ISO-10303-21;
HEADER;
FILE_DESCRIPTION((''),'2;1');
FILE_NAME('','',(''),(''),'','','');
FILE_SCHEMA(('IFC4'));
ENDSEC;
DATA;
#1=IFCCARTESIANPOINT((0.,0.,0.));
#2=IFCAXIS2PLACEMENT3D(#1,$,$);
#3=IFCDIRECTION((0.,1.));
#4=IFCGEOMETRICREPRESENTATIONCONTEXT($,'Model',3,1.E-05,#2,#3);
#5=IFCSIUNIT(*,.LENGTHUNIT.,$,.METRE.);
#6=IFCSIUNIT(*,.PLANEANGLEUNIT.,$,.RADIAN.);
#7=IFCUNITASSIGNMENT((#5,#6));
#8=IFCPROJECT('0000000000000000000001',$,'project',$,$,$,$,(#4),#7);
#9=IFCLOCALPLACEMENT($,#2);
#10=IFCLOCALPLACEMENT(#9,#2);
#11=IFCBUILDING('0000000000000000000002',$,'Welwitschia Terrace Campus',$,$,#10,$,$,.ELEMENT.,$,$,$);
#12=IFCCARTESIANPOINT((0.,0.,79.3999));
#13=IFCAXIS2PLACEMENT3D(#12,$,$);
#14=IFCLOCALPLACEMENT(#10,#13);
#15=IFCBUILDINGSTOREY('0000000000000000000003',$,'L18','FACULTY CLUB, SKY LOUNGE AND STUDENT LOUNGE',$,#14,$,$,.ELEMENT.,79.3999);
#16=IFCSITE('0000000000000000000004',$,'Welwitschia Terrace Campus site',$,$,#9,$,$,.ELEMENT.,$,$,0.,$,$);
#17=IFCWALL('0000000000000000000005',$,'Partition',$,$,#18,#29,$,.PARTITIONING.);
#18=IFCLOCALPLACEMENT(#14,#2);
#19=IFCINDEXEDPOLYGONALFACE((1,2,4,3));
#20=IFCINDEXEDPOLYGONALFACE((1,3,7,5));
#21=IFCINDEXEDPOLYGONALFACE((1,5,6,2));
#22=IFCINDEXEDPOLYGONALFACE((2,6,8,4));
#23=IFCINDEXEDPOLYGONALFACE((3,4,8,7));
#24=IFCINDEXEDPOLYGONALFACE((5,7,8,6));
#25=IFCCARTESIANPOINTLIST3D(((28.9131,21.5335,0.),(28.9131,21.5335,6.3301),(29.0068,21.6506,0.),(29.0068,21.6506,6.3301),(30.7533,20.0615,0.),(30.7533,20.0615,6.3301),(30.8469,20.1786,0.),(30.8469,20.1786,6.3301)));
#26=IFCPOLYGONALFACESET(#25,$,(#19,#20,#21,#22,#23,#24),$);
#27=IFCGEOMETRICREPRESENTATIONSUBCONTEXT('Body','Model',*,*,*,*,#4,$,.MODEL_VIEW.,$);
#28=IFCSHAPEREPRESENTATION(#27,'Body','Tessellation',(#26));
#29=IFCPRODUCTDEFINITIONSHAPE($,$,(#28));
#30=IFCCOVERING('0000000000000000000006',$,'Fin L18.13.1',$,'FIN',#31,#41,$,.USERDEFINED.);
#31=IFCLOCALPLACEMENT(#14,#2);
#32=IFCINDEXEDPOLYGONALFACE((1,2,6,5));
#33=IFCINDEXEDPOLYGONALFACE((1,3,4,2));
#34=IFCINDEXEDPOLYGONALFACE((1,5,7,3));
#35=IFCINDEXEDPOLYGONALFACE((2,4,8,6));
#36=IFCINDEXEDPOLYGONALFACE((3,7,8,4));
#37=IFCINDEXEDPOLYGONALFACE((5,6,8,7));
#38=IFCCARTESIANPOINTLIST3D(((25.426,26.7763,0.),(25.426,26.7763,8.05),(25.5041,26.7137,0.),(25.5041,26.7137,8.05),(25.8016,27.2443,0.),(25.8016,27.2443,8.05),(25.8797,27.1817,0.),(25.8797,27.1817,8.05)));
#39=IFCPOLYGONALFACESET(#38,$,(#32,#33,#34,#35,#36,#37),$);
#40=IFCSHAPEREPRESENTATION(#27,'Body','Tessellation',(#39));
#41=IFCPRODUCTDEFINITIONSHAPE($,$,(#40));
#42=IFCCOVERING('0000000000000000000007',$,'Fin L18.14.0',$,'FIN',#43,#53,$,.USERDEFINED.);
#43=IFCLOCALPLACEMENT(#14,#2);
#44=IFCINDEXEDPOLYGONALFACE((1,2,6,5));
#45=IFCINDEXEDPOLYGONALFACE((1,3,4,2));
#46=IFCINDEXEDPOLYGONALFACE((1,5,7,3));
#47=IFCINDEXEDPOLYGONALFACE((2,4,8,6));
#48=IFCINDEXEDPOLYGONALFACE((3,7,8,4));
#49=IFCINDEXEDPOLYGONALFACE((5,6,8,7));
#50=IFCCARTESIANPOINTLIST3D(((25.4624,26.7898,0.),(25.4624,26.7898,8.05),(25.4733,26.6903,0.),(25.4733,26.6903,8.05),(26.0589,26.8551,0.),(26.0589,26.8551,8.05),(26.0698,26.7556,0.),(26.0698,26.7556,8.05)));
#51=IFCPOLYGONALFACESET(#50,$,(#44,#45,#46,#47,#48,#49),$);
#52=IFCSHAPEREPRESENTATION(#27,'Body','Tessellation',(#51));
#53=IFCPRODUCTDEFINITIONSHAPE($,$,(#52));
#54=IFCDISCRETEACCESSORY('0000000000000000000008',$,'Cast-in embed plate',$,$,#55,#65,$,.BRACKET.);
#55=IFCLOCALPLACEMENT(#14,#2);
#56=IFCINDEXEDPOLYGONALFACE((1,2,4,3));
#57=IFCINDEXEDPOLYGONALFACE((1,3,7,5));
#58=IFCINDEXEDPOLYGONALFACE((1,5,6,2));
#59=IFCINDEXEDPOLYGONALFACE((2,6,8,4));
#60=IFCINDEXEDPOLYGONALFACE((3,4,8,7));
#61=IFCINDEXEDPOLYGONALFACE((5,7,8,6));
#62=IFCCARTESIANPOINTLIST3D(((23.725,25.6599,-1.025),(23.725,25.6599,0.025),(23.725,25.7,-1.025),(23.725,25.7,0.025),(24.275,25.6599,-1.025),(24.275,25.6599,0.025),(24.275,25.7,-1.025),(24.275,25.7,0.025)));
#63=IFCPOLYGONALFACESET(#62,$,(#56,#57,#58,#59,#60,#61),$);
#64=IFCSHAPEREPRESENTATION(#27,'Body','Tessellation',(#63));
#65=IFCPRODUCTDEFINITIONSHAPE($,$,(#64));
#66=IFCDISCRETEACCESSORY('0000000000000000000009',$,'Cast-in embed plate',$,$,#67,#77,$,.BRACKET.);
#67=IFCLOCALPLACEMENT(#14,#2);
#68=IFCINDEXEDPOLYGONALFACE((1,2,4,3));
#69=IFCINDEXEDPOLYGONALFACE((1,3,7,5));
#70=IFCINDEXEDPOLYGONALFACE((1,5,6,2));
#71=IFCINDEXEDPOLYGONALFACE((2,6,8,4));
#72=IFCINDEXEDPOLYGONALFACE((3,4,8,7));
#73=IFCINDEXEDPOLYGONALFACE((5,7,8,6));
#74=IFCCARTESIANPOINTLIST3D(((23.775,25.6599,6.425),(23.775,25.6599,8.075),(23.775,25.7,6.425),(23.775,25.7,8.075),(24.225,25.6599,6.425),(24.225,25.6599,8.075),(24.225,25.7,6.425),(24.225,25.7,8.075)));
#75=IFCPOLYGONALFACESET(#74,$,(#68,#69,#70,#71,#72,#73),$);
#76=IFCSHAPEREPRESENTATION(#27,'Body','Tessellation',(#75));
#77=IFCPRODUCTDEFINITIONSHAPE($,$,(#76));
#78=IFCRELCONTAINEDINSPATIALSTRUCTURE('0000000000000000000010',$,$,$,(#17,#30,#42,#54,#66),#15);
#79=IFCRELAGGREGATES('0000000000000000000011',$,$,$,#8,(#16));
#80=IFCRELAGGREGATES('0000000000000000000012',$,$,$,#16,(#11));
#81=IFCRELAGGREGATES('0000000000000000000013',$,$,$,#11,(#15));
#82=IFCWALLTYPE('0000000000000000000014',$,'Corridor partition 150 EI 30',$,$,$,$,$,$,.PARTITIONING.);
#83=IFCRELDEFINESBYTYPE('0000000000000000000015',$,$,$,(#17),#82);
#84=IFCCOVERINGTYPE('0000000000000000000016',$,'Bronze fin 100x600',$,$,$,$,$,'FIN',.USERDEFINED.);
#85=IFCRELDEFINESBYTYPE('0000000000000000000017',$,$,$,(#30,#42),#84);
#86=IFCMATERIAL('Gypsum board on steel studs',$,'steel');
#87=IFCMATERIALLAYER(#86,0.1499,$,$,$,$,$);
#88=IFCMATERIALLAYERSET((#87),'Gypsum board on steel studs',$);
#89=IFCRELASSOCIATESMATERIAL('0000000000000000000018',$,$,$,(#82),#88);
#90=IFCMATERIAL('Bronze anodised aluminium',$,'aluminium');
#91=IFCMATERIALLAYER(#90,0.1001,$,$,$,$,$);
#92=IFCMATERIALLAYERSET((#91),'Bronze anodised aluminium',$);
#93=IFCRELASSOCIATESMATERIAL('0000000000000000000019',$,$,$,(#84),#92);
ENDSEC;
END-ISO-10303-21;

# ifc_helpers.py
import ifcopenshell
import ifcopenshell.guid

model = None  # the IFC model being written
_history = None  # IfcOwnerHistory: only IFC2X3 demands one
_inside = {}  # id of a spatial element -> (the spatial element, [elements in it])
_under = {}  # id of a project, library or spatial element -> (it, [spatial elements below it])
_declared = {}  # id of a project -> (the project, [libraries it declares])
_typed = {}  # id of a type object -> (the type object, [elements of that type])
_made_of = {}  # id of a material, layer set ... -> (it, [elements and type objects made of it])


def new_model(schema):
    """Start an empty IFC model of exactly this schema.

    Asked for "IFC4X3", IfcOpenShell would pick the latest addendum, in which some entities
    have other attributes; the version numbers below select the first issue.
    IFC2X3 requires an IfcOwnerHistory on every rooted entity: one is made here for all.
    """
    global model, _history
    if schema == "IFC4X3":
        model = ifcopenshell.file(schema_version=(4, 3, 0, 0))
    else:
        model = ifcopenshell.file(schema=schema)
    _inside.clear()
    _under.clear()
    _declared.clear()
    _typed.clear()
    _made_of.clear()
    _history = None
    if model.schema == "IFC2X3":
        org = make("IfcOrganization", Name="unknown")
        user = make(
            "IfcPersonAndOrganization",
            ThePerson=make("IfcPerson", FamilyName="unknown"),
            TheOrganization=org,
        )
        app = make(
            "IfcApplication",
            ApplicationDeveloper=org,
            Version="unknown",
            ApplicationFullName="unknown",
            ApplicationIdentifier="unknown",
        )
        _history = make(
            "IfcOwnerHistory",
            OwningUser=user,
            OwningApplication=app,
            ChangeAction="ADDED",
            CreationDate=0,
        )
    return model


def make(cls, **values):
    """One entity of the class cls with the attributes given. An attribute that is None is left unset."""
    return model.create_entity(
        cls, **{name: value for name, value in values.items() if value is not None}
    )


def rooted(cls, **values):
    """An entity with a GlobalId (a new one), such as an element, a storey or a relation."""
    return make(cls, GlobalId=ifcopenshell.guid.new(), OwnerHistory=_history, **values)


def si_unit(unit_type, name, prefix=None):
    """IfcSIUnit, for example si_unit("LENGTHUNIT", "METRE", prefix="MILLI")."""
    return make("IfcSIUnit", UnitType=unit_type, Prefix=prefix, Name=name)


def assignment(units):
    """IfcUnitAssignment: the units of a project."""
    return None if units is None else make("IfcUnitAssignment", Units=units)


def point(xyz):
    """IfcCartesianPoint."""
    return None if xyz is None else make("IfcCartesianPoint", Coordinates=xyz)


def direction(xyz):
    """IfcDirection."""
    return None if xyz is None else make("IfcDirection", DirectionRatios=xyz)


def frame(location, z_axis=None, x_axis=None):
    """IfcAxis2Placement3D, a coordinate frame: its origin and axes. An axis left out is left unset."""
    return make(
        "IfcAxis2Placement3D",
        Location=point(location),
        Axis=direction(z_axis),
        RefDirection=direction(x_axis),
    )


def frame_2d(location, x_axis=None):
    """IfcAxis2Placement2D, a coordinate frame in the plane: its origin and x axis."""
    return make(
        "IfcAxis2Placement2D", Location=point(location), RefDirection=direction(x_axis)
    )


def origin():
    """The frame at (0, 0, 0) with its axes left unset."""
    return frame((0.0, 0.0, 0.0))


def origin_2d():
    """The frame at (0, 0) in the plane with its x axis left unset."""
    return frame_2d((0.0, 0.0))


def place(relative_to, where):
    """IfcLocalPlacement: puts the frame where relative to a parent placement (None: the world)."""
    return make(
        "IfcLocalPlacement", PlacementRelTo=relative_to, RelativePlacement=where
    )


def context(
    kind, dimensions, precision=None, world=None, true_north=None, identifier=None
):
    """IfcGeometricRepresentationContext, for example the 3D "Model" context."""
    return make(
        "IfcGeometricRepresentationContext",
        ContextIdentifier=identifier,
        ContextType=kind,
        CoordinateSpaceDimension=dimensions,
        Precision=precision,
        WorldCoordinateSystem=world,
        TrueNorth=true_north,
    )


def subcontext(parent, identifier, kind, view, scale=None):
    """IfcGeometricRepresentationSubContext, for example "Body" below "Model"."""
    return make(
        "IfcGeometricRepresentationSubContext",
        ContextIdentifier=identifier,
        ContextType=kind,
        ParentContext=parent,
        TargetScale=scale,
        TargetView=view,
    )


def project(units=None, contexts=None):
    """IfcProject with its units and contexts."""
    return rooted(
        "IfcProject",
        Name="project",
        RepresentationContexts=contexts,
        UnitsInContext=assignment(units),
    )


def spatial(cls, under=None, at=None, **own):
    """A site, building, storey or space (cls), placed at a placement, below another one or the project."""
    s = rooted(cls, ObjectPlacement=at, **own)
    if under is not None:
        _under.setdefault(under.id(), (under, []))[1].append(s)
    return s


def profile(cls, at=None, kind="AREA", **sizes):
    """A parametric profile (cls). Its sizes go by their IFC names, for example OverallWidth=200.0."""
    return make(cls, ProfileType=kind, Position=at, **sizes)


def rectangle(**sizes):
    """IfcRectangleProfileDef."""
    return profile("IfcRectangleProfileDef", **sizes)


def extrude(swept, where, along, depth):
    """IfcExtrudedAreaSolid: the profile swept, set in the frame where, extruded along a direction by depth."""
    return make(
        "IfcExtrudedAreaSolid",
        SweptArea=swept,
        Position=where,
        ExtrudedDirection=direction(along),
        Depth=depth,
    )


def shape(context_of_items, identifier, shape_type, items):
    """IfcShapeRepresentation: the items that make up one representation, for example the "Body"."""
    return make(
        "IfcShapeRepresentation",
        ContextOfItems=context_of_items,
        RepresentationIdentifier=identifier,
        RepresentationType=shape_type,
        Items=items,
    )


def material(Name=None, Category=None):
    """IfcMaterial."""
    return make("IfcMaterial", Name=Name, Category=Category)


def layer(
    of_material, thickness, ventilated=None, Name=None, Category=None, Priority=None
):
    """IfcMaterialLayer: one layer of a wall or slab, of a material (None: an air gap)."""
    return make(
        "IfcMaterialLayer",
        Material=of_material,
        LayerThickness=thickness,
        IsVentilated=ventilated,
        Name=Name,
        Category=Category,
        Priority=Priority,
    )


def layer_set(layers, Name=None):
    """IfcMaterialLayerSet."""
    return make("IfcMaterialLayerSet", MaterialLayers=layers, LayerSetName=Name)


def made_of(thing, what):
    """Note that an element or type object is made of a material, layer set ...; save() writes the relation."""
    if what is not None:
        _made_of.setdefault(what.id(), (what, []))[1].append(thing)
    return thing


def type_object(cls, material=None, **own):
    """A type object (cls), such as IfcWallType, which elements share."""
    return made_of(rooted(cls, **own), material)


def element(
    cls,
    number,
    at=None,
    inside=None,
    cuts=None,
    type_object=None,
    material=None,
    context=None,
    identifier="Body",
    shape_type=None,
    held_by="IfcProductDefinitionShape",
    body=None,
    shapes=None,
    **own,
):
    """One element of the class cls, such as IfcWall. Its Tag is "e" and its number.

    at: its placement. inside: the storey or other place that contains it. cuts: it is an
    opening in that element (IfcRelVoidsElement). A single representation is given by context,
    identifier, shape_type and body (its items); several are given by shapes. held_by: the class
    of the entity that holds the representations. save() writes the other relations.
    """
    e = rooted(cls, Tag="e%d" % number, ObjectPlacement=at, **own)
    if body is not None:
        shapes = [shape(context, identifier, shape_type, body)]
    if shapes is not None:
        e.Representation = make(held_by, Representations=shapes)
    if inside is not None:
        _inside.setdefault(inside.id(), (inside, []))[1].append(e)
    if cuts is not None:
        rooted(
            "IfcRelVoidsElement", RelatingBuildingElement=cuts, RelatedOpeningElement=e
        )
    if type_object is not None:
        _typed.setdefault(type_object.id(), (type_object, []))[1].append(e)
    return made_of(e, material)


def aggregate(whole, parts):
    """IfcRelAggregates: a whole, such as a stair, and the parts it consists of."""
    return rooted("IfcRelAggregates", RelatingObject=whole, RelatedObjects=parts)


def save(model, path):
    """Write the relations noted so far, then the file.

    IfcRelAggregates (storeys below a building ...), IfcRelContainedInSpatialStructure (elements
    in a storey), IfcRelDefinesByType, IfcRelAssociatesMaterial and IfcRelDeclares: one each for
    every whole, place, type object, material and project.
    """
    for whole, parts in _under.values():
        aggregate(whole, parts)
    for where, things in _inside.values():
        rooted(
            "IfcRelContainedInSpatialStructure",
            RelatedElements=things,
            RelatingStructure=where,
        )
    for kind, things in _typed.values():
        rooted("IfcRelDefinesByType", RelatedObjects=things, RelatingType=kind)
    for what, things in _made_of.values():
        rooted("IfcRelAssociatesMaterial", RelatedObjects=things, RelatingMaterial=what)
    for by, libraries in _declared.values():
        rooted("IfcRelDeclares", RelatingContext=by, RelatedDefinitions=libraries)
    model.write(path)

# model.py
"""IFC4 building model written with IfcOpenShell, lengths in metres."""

from ifc_helpers import new_model, si_unit, direction, frame, frame_2d, origin, origin_2d, place, context, subcontext, project, spatial, rectangle, extrude, material, layer, layer_set, type_object, element, save


model = new_model("IFC4")

# Units and contexts
model_context = context("Model", 3, precision=1e-05, world=origin(), true_north=direction((0.0, 1.0)))
body_context = subcontext(model_context, "Body", "Model", "MODEL_VIEW")
ifc_project = project(units=[si_unit("LENGTHUNIT", "METRE"), si_unit("PLANEANGLEUNIT", "RADIAN")], contexts=[model_context])

# Site, building, storey
site_placement = place(None, origin())
site = spatial("IfcSite", under=ifc_project, at=site_placement, Name="Welwitschia Terrace Campus site", CompositionType="ELEMENT", RefElevation=0.0)
building_placement = place(site_placement, origin())
building = spatial("IfcBuilding", under=site, at=building_placement, Name="Welwitschia Terrace Campus", CompositionType="ELEMENT")
storey_placement = place(building_placement, frame((0.0, 0.0, 79.3999)))
storey = spatial("IfcBuildingStorey", under=building, at=storey_placement, Name="L18", Description="FACULTY CLUB, SKY LOUNGE AND STUDENT LOUNGE", CompositionType="ELEMENT", Elevation=79.3999)

# Wall
ifc_material_1 = material(Name="Gypsum board on steel studs", Category="steel")
ifc_layer_1 = layer(ifc_material_1, 0.1499)
ifc_layer_set_1 = layer_set([ifc_layer_1], Name="Gypsum board on steel studs")
wall_type_1 = type_object("IfcWallType", Name="Corridor partition 150 EI 30", PredefinedType="PARTITIONING", material=ifc_layer_set_1)
wall_1_placement = place(storey_placement, frame((28.96, 21.592, 0.0), z_axis=(0.0, 0.0, 1.0), x_axis=(0.780899, -0.624657, 0.0)))
element("IfcWall", 1, at=wall_1_placement, inside=storey, type_object=wall_type_1, Name="Partition", PredefinedType="PARTITIONING", context=body_context, shape_type="SweptSolid", body=[
    extrude(rectangle(XDim=2.3564, YDim=0.1499, at=frame_2d((1.1782, 0.0))), origin(), (0.0, 0.0, 1.0), 6.3301),
])

# Coverings
ifc_material_2 = material(Name="Bronze anodised aluminium", Category="aluminium")
ifc_layer_2 = layer(ifc_material_2, 0.1001)
ifc_layer_set_2 = layer_set([ifc_layer_2], Name="Bronze anodised aluminium")
covering_type = type_object("IfcCoveringType", Name="Bronze fin 100x600", ElementType="FIN", PredefinedType="USERDEFINED", material=ifc_layer_set_2)
for number, where, z_axis, x_axis, name in (
    (2, (25.6528, 26.979, 0.0), (0.0, 0.0, 1.0), (-0.779884, 0.625923, 0.0), "Fin L18.13.1"),
    (3, (25.7661, 26.7727, 0.0), (0.0, 0.0, 1.0), (-0.108867, 0.994056, 0.0), "Fin L18.14.0"),
):
    element("IfcCovering", number, at=place(storey_placement, frame(where, z_axis=z_axis, x_axis=x_axis)), inside=storey, type_object=covering_type, Name=name, ObjectType="FIN", PredefinedType="USERDEFINED", context=body_context, shape_type="SweptSolid", body=[
        extrude(rectangle(XDim=0.1001, YDim=0.6001, at=origin_2d()), origin(), (0.0, 0.0, 1.0), 8.05),
    ])

# Discrete accessories
discrete_accessory_1_placement = place(storey_placement, frame((24.0, 25.7, -0.5), z_axis=(0.0, -1.0, 0.0), x_axis=(1.0, 0.0, 0.0)))
element("IfcDiscreteAccessory", 4, at=discrete_accessory_1_placement, inside=storey, Name="Cast-in embed plate", PredefinedType="BRACKET", context=body_context, shape_type="SweptSolid", body=[
    extrude(rectangle(XDim=0.55, YDim=1.05, at=origin_2d()), origin(), (0.0, 0.0, 1.0), 0.04),
])
discrete_accessory_2_placement = place(storey_placement, frame((24.0, 25.7, 7.25), z_axis=(0.0, -1.0, 0.0), x_axis=(1.0, 0.0, 0.0)))
element("IfcDiscreteAccessory", 5, at=discrete_accessory_2_placement, inside=storey, Name="Cast-in embed plate", PredefinedType="BRACKET", context=body_context, shape_type="SweptSolid", body=[
    extrude(rectangle(XDim=0.45, YDim=1.6499, at=origin_2d()), origin(), (0.0, 0.0, 1.0), 0.04),
])

save(model, "model.ifc")
